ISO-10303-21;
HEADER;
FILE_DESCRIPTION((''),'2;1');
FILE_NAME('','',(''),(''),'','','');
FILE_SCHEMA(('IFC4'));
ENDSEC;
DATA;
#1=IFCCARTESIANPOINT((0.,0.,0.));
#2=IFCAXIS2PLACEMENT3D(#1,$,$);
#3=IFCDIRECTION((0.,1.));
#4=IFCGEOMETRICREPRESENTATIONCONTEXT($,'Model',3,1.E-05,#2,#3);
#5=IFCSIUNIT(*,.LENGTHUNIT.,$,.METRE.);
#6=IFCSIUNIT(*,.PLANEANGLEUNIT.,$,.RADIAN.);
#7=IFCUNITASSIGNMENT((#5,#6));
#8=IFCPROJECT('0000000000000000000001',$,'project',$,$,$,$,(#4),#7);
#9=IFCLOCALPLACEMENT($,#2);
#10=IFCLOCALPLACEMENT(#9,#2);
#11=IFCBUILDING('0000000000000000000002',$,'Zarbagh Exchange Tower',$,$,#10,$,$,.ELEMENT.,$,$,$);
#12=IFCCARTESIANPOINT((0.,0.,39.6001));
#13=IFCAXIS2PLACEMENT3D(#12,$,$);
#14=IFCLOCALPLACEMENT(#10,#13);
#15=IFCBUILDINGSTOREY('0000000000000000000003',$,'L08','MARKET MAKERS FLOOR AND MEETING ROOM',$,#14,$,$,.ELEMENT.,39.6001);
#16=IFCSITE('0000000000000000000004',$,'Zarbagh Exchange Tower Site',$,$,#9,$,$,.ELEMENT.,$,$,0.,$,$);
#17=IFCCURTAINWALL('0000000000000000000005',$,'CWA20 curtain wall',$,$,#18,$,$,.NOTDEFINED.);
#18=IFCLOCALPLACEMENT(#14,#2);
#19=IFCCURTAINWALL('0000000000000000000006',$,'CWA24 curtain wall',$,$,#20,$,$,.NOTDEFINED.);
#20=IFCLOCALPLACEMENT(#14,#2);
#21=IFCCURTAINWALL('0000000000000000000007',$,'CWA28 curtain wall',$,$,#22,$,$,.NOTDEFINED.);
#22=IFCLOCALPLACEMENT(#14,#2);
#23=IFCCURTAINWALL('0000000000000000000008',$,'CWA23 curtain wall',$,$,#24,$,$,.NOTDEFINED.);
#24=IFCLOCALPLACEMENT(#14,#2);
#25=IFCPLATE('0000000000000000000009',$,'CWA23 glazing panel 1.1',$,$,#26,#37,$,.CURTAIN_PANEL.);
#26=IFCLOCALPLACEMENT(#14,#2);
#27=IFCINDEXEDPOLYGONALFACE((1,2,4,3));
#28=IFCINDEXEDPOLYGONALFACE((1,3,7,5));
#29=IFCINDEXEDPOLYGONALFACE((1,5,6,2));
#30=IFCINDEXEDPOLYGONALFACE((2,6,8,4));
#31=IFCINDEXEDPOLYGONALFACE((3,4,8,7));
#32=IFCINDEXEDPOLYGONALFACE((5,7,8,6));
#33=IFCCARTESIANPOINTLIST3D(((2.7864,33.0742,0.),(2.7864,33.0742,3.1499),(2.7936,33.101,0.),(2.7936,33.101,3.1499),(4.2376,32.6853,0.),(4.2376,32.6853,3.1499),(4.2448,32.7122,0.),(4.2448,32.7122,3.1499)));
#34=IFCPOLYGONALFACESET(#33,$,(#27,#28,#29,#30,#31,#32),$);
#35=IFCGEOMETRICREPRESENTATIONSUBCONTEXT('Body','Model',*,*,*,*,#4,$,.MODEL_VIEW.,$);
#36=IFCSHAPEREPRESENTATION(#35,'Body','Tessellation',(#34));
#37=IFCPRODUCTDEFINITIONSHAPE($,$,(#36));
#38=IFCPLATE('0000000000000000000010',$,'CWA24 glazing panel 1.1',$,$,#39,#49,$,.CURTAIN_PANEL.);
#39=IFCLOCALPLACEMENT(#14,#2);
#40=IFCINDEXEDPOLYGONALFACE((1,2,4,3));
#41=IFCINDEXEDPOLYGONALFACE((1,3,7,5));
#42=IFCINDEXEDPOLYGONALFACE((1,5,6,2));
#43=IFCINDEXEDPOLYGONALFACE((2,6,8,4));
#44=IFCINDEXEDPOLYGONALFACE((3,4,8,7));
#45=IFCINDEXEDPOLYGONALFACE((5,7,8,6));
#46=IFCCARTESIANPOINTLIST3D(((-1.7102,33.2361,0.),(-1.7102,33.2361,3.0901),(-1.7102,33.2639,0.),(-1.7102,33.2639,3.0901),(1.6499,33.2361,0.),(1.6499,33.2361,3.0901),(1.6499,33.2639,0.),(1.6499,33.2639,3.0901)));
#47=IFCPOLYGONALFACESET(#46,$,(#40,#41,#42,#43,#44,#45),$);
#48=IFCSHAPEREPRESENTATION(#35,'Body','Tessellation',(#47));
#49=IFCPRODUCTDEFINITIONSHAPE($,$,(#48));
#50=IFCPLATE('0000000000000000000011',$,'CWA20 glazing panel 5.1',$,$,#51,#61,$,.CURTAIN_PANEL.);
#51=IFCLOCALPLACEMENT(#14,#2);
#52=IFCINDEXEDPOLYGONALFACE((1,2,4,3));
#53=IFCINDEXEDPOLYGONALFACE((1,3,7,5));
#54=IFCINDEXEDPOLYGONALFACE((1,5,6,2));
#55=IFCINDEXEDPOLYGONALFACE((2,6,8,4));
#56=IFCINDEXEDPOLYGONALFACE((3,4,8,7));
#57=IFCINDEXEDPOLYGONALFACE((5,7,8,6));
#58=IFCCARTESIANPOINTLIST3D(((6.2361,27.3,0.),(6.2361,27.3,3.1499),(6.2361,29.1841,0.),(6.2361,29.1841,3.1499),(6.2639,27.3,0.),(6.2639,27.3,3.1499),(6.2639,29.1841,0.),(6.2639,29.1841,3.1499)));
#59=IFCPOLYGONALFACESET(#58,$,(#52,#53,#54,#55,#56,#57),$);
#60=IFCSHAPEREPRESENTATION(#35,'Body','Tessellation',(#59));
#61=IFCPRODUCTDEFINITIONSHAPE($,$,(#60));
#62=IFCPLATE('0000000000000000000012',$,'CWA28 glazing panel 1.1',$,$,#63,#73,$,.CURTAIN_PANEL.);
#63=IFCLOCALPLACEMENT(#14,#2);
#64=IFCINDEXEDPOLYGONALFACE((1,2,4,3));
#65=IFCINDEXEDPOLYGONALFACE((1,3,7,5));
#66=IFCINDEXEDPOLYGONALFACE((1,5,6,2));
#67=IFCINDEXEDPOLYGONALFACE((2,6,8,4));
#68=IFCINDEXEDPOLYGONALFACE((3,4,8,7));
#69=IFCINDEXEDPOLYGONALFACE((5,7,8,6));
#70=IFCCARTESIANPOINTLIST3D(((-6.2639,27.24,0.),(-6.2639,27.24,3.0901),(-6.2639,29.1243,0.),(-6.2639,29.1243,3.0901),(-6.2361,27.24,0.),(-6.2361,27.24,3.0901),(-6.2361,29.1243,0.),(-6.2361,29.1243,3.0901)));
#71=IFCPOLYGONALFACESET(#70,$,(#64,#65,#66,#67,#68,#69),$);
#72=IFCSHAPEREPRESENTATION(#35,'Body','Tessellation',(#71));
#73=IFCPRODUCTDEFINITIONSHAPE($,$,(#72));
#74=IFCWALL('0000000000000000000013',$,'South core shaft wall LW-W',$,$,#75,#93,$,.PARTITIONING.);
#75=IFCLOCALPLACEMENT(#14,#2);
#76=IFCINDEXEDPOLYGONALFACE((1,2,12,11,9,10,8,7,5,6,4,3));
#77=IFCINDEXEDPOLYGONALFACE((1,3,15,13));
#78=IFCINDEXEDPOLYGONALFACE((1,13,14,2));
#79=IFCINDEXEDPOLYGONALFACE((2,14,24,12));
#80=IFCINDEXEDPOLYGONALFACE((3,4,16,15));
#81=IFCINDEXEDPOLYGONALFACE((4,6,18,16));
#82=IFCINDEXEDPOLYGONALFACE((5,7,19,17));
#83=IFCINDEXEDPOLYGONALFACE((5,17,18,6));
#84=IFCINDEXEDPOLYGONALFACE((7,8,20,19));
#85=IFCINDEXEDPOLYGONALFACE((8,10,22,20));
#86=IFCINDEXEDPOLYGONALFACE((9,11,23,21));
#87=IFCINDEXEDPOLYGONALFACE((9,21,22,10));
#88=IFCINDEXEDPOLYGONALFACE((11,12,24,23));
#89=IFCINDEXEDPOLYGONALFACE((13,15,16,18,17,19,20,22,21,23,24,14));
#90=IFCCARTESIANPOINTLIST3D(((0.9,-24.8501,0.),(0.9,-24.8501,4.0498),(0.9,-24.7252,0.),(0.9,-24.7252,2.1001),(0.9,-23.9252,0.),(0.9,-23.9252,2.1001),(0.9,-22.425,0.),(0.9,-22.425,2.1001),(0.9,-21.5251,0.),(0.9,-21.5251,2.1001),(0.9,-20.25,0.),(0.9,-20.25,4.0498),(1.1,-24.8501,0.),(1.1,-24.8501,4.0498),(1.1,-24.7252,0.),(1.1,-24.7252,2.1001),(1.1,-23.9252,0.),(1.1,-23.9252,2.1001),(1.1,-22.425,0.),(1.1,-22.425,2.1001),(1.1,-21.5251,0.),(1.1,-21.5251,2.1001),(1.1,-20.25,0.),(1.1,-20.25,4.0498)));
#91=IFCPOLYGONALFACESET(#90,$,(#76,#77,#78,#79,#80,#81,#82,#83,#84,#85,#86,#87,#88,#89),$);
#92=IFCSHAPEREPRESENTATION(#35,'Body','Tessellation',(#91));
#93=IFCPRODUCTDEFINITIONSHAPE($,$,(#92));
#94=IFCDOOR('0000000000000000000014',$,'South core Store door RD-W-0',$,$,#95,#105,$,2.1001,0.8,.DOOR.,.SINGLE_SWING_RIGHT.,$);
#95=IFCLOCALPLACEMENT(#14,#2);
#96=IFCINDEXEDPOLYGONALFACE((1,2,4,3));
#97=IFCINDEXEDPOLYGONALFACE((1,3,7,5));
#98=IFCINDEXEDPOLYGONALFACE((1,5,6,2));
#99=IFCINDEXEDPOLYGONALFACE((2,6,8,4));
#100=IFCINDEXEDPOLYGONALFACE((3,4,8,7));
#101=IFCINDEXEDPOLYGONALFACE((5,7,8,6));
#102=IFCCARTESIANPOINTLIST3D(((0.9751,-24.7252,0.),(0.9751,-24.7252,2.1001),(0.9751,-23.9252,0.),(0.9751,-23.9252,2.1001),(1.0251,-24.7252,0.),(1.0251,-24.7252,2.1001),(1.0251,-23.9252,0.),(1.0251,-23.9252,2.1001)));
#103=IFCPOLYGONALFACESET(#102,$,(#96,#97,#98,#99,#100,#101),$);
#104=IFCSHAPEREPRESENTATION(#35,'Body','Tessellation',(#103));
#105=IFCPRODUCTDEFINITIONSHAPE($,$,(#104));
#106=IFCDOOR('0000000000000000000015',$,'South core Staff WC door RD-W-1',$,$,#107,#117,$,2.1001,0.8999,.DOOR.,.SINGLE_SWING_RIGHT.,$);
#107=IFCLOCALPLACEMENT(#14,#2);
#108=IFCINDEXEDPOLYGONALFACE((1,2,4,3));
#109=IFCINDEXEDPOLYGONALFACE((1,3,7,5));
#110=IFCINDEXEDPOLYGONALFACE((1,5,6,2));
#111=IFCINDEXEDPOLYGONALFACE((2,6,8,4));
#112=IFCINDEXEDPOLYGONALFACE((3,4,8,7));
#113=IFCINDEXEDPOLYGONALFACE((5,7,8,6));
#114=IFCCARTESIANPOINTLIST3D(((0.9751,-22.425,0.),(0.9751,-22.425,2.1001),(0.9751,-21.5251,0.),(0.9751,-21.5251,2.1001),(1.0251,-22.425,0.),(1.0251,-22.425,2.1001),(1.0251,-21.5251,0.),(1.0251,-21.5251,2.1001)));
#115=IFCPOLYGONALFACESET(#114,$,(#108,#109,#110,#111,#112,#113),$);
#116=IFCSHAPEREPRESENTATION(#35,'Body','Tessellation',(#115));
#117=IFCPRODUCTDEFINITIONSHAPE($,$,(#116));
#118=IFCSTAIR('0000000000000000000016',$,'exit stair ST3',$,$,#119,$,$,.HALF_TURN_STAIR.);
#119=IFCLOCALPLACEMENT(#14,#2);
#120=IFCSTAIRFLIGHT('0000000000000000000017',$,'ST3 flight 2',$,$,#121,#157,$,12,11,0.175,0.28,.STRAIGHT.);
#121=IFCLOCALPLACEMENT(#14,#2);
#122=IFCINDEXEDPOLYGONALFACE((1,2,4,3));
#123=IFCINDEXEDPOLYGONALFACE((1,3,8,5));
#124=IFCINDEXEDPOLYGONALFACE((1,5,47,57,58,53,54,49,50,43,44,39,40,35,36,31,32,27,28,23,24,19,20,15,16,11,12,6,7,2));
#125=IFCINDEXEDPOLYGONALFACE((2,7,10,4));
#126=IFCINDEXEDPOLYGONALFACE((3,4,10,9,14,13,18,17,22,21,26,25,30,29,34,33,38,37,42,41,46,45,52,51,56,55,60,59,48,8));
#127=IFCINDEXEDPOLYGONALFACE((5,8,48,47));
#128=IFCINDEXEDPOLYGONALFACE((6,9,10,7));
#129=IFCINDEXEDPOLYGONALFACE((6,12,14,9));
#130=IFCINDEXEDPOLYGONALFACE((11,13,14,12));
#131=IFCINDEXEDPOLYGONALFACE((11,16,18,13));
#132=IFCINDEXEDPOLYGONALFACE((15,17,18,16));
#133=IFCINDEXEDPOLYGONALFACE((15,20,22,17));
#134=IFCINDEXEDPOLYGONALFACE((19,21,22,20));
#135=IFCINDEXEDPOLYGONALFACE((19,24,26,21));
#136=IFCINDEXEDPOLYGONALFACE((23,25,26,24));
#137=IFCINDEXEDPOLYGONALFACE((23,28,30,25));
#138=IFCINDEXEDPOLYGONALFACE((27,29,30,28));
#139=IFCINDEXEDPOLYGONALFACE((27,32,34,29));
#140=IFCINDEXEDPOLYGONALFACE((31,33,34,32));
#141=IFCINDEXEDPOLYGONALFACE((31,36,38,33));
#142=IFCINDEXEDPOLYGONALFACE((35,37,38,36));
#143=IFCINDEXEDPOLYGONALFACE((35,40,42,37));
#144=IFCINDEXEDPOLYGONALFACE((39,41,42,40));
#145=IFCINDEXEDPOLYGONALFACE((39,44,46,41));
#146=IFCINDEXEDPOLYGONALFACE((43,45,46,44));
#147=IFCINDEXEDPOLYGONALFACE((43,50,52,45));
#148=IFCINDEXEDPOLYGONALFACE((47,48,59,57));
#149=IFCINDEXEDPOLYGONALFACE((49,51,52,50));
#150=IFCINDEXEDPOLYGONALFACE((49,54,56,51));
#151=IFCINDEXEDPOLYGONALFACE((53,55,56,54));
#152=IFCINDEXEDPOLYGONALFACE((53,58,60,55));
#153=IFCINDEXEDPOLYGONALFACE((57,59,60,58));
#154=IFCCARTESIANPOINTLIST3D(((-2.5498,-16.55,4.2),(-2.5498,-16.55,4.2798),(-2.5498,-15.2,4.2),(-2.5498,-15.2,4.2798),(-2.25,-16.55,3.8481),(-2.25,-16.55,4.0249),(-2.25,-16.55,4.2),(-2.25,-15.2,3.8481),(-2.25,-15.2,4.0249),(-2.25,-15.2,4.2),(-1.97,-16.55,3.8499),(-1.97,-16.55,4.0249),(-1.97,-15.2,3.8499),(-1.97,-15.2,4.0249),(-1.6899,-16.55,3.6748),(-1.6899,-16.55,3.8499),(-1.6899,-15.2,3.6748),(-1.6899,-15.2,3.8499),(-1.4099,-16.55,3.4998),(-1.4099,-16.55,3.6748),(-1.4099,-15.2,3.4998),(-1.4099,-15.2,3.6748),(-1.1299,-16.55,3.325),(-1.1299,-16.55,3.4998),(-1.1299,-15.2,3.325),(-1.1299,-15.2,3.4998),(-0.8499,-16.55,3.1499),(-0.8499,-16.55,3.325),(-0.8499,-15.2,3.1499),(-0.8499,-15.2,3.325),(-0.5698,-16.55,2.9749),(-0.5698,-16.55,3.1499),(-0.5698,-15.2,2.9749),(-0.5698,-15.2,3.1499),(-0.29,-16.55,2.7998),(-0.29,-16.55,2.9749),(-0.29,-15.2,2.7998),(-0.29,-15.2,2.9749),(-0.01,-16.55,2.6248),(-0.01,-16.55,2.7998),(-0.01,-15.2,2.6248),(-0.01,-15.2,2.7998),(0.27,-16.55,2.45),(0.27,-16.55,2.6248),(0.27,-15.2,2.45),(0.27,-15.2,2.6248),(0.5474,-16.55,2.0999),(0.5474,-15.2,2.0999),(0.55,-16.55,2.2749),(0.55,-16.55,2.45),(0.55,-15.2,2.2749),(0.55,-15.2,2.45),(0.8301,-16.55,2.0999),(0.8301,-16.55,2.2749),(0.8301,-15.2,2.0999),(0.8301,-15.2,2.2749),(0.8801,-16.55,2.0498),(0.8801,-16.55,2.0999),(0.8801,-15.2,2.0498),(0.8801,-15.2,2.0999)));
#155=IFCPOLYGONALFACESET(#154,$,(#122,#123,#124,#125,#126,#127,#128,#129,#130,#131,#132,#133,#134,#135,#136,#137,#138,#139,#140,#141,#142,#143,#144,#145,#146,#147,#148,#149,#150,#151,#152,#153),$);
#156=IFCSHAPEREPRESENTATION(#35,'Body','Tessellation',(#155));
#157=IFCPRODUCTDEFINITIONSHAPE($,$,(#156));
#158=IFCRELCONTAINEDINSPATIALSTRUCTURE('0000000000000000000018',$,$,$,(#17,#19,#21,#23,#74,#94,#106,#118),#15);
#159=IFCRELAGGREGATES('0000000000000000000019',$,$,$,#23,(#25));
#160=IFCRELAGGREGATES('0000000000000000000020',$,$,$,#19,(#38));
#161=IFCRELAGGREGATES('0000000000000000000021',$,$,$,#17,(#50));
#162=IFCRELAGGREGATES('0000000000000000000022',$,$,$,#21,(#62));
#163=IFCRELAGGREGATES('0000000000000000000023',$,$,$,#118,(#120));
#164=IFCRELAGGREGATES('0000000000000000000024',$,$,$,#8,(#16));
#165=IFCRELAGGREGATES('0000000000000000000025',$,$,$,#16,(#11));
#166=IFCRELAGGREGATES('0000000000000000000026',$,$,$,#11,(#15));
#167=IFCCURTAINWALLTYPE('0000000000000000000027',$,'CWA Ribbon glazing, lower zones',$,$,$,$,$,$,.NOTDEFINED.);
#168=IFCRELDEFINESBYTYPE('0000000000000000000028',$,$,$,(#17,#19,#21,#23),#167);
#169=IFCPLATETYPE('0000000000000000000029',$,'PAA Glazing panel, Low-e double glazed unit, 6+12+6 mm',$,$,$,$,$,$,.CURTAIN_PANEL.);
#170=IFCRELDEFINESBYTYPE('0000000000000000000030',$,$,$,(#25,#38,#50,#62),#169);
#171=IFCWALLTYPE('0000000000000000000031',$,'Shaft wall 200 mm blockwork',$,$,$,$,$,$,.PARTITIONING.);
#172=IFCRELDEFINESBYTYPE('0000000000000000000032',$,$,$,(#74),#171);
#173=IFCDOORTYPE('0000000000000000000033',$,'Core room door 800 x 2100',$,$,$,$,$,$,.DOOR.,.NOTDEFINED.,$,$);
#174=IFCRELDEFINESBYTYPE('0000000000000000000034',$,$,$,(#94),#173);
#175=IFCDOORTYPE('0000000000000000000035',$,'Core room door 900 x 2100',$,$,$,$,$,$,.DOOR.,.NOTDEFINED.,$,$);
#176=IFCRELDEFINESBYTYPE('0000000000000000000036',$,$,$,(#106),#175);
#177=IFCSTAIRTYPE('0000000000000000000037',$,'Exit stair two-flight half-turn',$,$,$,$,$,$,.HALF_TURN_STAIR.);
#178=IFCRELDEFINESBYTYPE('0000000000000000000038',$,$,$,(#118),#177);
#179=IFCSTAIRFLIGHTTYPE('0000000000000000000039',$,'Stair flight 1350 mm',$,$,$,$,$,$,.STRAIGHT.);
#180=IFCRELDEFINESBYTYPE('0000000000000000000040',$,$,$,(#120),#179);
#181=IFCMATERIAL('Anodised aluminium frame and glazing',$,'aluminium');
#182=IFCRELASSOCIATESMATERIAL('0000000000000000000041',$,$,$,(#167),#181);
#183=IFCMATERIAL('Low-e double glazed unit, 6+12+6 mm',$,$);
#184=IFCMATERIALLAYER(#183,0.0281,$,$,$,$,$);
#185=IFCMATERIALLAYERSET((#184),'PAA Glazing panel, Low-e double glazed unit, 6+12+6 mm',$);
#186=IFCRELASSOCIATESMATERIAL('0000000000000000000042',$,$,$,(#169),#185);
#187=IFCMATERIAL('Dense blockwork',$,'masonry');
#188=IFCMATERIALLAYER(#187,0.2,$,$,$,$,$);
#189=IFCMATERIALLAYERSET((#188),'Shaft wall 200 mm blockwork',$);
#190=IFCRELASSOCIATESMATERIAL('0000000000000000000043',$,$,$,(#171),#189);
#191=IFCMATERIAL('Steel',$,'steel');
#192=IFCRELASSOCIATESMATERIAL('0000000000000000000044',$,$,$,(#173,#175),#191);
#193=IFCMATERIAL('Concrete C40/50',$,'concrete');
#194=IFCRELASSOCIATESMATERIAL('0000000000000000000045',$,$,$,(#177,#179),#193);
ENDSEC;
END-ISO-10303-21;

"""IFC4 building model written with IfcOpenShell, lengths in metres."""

from ifc_helpers import new_model, si_unit, direction, frame, frame_2d, origin, place, context, subcontext, project, spatial, polyline, rectangle, outline, extrude, source, transform, mapped, material, layer, layer_set, type_object, element, fill, aggregate, save


model = new_model("IFC4")

# Units and contexts
model_context = context("Model", 3, precision=1e-05, world=origin(), true_north=direction((0.0, 1.0)))
body_context = subcontext(model_context, "Body", "Model", "MODEL_VIEW")
ifc_project = project(units=[si_unit("LENGTHUNIT", "METRE"), si_unit("PLANEANGLEUNIT", "RADIAN")], contexts=[model_context])

# Site, building, storey
site_placement = place(None, origin())
site = spatial("IfcSite", under=ifc_project, at=site_placement, Name="Zarbagh Exchange Tower Site", CompositionType="ELEMENT", RefElevation=0.0)
building_placement = place(site_placement, origin())
building = spatial("IfcBuilding", under=site, at=building_placement, Name="Zarbagh Exchange Tower", CompositionType="ELEMENT")
storey_placement = place(building_placement, frame((0.0, 0.0, 39.6001)))
storey = spatial("IfcBuildingStorey", under=building, at=storey_placement, Name="L08", Description="MARKET MAKERS FLOOR AND MEETING ROOM", CompositionType="ELEMENT", Elevation=39.6001)

# Curtain walls
ifc_material_1 = material(Name="Anodised aluminium frame and glazing", Category="aluminium")
curtain_wall_type = type_object("IfcCurtainWallType", Name="CWA Ribbon glazing, lower zones", PredefinedType="NOTDEFINED", material=ifc_material_1)
curtain_wall_1_placement = place(storey_placement, origin())
curtain_wall_1 = element("IfcCurtainWall", 1, at=curtain_wall_1_placement, inside=storey, type_object=curtain_wall_type, Name="CWA20 curtain wall", PredefinedType="NOTDEFINED")
placement = place(storey_placement, origin())
curtain_wall_2_placement = place(storey_placement, origin())
curtain_wall_2 = element("IfcCurtainWall", 2, at=curtain_wall_2_placement, inside=storey, type_object=curtain_wall_type, Name="CWA24 curtain wall", PredefinedType="NOTDEFINED")
curtain_wall_3_placement = place(storey_placement, origin())
curtain_wall_3 = element("IfcCurtainWall", 3, at=curtain_wall_3_placement, inside=storey, type_object=curtain_wall_type, Name="CWA28 curtain wall", PredefinedType="NOTDEFINED")

# Shared definitions
ifc_material_2 = material(Name="Low-e double glazed unit, 6+12+6 mm")
ifc_layer_1 = layer(ifc_material_2, 0.0281)
ifc_layer_set_1 = layer_set([ifc_layer_1], Name="PAA Glazing panel, Low-e double glazed unit, 6+12+6 mm")
plate_type = type_object("IfcPlateType", Name="PAA Glazing panel, Low-e double glazed unit, 6+12+6 mm", PredefinedType="CURTAIN_PANEL", material=ifc_layer_set_1)

# Curtain wall, plate
curtain_wall_4_placement = place(storey_placement, origin())
curtain_wall_4 = element("IfcCurtainWall", 4, at=curtain_wall_4_placement, inside=storey, type_object=curtain_wall_type, Name="CWA23 curtain wall", PredefinedType="NOTDEFINED")
shared_shape_1 = source(origin(), body_context, "Body", "SweptSolid", [
    extrude(outline(polyline([(0.0, -0.0139), (1.5024, -0.0139), (1.5024, 0.0139), (0.0, 0.0139), (0.0, -0.0139)])), origin(), (0.0, 0.0, 1.0), 3.1499),
])
plate_1 = element("IfcPlate", 5, at=placement, type_object=plate_type, Name="CWA23 glazing panel 1.1", PredefinedType="CURTAIN_PANEL", context=body_context, shape_type="MappedRepresentation", body=[
    mapped(shared_shape_1, transform((4.2412, 32.6987, 0.0), x_axis=(-0.965924, 0.258825, 0.0), y_axis=(-0.258825, -0.965924, 0.0), z_axis=(0.0, 0.0, 1.0))),
])
aggregate(curtain_wall_4, [plate_1])

# Plates
shared_shape_2 = source(origin(), body_context, "Body", "SweptSolid", [
    extrude(outline(polyline([(0.0, -0.0139), (3.3601, -0.0139), (3.3601, 0.0139), (0.0, 0.0139), (0.0, -0.0139)])), origin(), (0.0, 0.0, 1.0), 3.0901),
])
plate_2 = element("IfcPlate", 6, at=placement, type_object=plate_type, Name="CWA24 glazing panel 1.1", PredefinedType="CURTAIN_PANEL", context=body_context, shape_type="MappedRepresentation", body=[
    mapped(shared_shape_2, transform((1.6499, 33.25, 0.0), x_axis=(-1.0, 0.0, 0.0), y_axis=(0.0, -1.0, 0.0), z_axis=(0.0, 0.0, 1.0))),
])
aggregate(curtain_wall_2, [plate_2])
shared_shape_3 = source(origin(), body_context, "Body", "SweptSolid", [
    extrude(outline(polyline([(0.0, -0.0139), (1.884, -0.0139), (1.884, 0.0139), (0.0, 0.0139), (0.0, -0.0139)])), origin(), (0.0, 0.0, 1.0), 3.1499),
])
plate_3 = element("IfcPlate", 7, at=placement, type_object=plate_type, Name="CWA20 glazing panel 5.1", PredefinedType="CURTAIN_PANEL", context=body_context, shape_type="MappedRepresentation", body=[
    mapped(shared_shape_3, transform((6.25, 27.3, 0.0), x_axis=(0.0, 1.0, 0.0), y_axis=(-1.0, 0.0, 0.0), z_axis=(0.0, 0.0, 1.0))),
])
aggregate(curtain_wall_1, [plate_3])
shared_shape_4 = source(origin(), body_context, "Body", "SweptSolid", [
    extrude(outline(polyline([(0.0, -0.0139), (1.8843, -0.0139), (1.8843, 0.0139), (0.0, 0.0139), (0.0, -0.0139)])), origin(), (0.0, 0.0, 1.0), 3.0901),
])
plate_4 = element("IfcPlate", 8, at=placement, type_object=plate_type, Name="CWA28 glazing panel 1.1", PredefinedType="CURTAIN_PANEL", context=body_context, shape_type="MappedRepresentation", body=[
    mapped(shared_shape_4, transform((-6.25, 29.1243, 0.0), x_axis=(0.0, -1.0, 0.0), y_axis=(1.0, 0.0, 0.0), z_axis=(0.0, 0.0, 1.0))),
])
aggregate(curtain_wall_3, [plate_4])

# Wall, openings, doors
ifc_material_3 = material(Name="Dense blockwork", Category="masonry")
ifc_layer_2 = layer(ifc_material_3, 0.2)
ifc_layer_set_2 = layer_set([ifc_layer_2], Name="Shaft wall 200 mm blockwork")
wall_type = type_object("IfcWallType", Name="Shaft wall 200 mm blockwork", PredefinedType="PARTITIONING", material=ifc_layer_set_2)
wall_placement = place(storey_placement, frame((1.0, -24.8501, 0.0), z_axis=(0.0, 0.0, 1.0), x_axis=(0.0, 1.0, 0.0)))
wall = element("IfcWall", 9, at=wall_placement, inside=storey, type_object=wall_type, Name="South core shaft wall LW-W", PredefinedType="PARTITIONING", context=body_context, shape_type="SweptSolid", body=[
    extrude(rectangle(XDim=4.6001, YDim=0.2, at=frame_2d((2.3, 0.0))), origin(), (0.0, 0.0, 1.0), 4.0498),
])
opening_1_placement = place(wall_placement, frame((0.125, 0.0, 0.0)))
opening_1 = element("IfcOpeningElement", 10, at=opening_1_placement, cuts=wall, PredefinedType="OPENING", context=body_context, shape_type="SweptSolid", body=[
    extrude(rectangle(XDim=0.8, YDim=2.1001, at=frame_2d((0.3999, 1.05))), frame((0.0, 0.1099, 0.0), z_axis=(0.0, -1.0, 0.0), x_axis=(1.0, 0.0, 0.0)), (0.0, 0.0, 1.0), 0.22),
])
opening_2_placement = place(wall_placement, frame((2.425, 0.0, 0.0)))
opening_2 = element("IfcOpeningElement", 11, at=opening_2_placement, cuts=wall, PredefinedType="OPENING", context=body_context, shape_type="SweptSolid", body=[
    extrude(rectangle(XDim=0.8999, YDim=2.1001, at=frame_2d((0.45, 1.05))), frame((0.0, 0.1099, 0.0), z_axis=(0.0, -1.0, 0.0), x_axis=(1.0, 0.0, 0.0)), (0.0, 0.0, 1.0), 0.22),
])
ifc_material_4 = material(Name="Steel", Category="steel")
door_type_1 = type_object("IfcDoorType", Name="Core room door 800 x 2100", OperationType="NOTDEFINED", PredefinedType="DOOR", material=ifc_material_4)
door_1_placement = place(opening_1_placement, origin())
door_1 = element("IfcDoor", 12, at=door_1_placement, inside=storey, type_object=door_type_1, Name="South core Store door RD-W-0", OperationType="SINGLE_SWING_RIGHT", OverallHeight=2.1001, OverallWidth=0.8, PredefinedType="DOOR", context=body_context, shape_type="SweptSolid", body=[
    extrude(rectangle(XDim=0.8, YDim=2.1001, at=frame_2d((0.3999, 1.05))), frame((0.0, 0.0249, 0.0), z_axis=(0.0, -1.0, 0.0), x_axis=(1.0, 0.0, 0.0)), (0.0, 0.0, 1.0), 0.05),
])
fill(opening_1, door_1)
door_type_2 = type_object("IfcDoorType", Name="Core room door 900 x 2100", OperationType="NOTDEFINED", PredefinedType="DOOR", material=ifc_material_4)
door_2_placement = place(opening_2_placement, origin())
door_2 = element("IfcDoor", 13, at=door_2_placement, inside=storey, type_object=door_type_2, Name="South core Staff WC door RD-W-1", OperationType="SINGLE_SWING_RIGHT", OverallHeight=2.1001, OverallWidth=0.8999, PredefinedType="DOOR", context=body_context, shape_type="SweptSolid", body=[
    extrude(rectangle(XDim=0.8999, YDim=2.1001, at=frame_2d((0.45, 1.05))), frame((0.0, 0.0249, 0.0), z_axis=(0.0, -1.0, 0.0), x_axis=(1.0, 0.0, 0.0)), (0.0, 0.0, 1.0), 0.05),
])
fill(opening_2, door_2)

# Stair, stair flight
ifc_material_5 = material(Name="Concrete C40/50", Category="concrete")
stair_type = type_object("IfcStairType", Name="Exit stair two-flight half-turn", PredefinedType="HALF_TURN_STAIR", material=ifc_material_5)
stair_1_placement = place(storey_placement, origin())
stair_1 = element("IfcStair", 14, at=stair_1_placement, inside=storey, type_object=stair_type, Name="exit stair ST3", PredefinedType="HALF_TURN_STAIR")
stair_flight_type = type_object("IfcStairFlightType", Name="Stair flight 1350 mm", PredefinedType="STRAIGHT", material=ifc_material_5)
stair_flight_1_placement = place(storey_placement, frame((0.8301, -15.875, 2.0999), z_axis=(0.0, 0.0, 1.0), x_axis=(-1.0, 0.0, 0.0)))
stair_flight_1 = element("IfcStairFlight", 15, at=stair_flight_1_placement, type_object=stair_flight_type, Name="ST3 flight 2", NumberOfRisers=12, NumberOfTreads=11, PredefinedType="STRAIGHT", RiserHeight=0.175, TreadLength=0.28, context=body_context, shape_type="SweptSolid", body=[
    extrude(outline(polyline([(-0.05, -0.05), (-0.05, 0.0), (0.0, 0.0), (0.0, 0.175), (0.28, 0.175), (0.28, 0.3501), (0.5601, 0.3501), (0.5601, 0.5249), (0.8401, 0.5249), (0.8401, 0.7), (1.1201, 0.7), (1.1201, 0.875), (1.3999, 0.875), (1.3999, 1.05), (1.6799, 1.05), (1.6799, 1.2251), (1.96, 1.2251), (1.96, 1.3999), (2.24, 1.3999), (2.24, 1.575), (2.52, 1.575), (2.52, 1.75), (2.8, 1.75), (2.8, 1.925), (3.0801, 1.925), (3.0801, 2.1001), (3.3799, 2.1799), (3.3799, 2.1001), (3.0801, 1.7483), (0.2827, 0.0), (-0.05, -0.05)])), frame((0.0, 0.675, 0.0), z_axis=(0.0, -1.0, 0.0), x_axis=(1.0, 0.0, 0.0)), (0.0, 0.0, 1.0), 1.3501),
])
aggregate(stair_1, [stair_flight_1])

save(model, "model.ifc")
